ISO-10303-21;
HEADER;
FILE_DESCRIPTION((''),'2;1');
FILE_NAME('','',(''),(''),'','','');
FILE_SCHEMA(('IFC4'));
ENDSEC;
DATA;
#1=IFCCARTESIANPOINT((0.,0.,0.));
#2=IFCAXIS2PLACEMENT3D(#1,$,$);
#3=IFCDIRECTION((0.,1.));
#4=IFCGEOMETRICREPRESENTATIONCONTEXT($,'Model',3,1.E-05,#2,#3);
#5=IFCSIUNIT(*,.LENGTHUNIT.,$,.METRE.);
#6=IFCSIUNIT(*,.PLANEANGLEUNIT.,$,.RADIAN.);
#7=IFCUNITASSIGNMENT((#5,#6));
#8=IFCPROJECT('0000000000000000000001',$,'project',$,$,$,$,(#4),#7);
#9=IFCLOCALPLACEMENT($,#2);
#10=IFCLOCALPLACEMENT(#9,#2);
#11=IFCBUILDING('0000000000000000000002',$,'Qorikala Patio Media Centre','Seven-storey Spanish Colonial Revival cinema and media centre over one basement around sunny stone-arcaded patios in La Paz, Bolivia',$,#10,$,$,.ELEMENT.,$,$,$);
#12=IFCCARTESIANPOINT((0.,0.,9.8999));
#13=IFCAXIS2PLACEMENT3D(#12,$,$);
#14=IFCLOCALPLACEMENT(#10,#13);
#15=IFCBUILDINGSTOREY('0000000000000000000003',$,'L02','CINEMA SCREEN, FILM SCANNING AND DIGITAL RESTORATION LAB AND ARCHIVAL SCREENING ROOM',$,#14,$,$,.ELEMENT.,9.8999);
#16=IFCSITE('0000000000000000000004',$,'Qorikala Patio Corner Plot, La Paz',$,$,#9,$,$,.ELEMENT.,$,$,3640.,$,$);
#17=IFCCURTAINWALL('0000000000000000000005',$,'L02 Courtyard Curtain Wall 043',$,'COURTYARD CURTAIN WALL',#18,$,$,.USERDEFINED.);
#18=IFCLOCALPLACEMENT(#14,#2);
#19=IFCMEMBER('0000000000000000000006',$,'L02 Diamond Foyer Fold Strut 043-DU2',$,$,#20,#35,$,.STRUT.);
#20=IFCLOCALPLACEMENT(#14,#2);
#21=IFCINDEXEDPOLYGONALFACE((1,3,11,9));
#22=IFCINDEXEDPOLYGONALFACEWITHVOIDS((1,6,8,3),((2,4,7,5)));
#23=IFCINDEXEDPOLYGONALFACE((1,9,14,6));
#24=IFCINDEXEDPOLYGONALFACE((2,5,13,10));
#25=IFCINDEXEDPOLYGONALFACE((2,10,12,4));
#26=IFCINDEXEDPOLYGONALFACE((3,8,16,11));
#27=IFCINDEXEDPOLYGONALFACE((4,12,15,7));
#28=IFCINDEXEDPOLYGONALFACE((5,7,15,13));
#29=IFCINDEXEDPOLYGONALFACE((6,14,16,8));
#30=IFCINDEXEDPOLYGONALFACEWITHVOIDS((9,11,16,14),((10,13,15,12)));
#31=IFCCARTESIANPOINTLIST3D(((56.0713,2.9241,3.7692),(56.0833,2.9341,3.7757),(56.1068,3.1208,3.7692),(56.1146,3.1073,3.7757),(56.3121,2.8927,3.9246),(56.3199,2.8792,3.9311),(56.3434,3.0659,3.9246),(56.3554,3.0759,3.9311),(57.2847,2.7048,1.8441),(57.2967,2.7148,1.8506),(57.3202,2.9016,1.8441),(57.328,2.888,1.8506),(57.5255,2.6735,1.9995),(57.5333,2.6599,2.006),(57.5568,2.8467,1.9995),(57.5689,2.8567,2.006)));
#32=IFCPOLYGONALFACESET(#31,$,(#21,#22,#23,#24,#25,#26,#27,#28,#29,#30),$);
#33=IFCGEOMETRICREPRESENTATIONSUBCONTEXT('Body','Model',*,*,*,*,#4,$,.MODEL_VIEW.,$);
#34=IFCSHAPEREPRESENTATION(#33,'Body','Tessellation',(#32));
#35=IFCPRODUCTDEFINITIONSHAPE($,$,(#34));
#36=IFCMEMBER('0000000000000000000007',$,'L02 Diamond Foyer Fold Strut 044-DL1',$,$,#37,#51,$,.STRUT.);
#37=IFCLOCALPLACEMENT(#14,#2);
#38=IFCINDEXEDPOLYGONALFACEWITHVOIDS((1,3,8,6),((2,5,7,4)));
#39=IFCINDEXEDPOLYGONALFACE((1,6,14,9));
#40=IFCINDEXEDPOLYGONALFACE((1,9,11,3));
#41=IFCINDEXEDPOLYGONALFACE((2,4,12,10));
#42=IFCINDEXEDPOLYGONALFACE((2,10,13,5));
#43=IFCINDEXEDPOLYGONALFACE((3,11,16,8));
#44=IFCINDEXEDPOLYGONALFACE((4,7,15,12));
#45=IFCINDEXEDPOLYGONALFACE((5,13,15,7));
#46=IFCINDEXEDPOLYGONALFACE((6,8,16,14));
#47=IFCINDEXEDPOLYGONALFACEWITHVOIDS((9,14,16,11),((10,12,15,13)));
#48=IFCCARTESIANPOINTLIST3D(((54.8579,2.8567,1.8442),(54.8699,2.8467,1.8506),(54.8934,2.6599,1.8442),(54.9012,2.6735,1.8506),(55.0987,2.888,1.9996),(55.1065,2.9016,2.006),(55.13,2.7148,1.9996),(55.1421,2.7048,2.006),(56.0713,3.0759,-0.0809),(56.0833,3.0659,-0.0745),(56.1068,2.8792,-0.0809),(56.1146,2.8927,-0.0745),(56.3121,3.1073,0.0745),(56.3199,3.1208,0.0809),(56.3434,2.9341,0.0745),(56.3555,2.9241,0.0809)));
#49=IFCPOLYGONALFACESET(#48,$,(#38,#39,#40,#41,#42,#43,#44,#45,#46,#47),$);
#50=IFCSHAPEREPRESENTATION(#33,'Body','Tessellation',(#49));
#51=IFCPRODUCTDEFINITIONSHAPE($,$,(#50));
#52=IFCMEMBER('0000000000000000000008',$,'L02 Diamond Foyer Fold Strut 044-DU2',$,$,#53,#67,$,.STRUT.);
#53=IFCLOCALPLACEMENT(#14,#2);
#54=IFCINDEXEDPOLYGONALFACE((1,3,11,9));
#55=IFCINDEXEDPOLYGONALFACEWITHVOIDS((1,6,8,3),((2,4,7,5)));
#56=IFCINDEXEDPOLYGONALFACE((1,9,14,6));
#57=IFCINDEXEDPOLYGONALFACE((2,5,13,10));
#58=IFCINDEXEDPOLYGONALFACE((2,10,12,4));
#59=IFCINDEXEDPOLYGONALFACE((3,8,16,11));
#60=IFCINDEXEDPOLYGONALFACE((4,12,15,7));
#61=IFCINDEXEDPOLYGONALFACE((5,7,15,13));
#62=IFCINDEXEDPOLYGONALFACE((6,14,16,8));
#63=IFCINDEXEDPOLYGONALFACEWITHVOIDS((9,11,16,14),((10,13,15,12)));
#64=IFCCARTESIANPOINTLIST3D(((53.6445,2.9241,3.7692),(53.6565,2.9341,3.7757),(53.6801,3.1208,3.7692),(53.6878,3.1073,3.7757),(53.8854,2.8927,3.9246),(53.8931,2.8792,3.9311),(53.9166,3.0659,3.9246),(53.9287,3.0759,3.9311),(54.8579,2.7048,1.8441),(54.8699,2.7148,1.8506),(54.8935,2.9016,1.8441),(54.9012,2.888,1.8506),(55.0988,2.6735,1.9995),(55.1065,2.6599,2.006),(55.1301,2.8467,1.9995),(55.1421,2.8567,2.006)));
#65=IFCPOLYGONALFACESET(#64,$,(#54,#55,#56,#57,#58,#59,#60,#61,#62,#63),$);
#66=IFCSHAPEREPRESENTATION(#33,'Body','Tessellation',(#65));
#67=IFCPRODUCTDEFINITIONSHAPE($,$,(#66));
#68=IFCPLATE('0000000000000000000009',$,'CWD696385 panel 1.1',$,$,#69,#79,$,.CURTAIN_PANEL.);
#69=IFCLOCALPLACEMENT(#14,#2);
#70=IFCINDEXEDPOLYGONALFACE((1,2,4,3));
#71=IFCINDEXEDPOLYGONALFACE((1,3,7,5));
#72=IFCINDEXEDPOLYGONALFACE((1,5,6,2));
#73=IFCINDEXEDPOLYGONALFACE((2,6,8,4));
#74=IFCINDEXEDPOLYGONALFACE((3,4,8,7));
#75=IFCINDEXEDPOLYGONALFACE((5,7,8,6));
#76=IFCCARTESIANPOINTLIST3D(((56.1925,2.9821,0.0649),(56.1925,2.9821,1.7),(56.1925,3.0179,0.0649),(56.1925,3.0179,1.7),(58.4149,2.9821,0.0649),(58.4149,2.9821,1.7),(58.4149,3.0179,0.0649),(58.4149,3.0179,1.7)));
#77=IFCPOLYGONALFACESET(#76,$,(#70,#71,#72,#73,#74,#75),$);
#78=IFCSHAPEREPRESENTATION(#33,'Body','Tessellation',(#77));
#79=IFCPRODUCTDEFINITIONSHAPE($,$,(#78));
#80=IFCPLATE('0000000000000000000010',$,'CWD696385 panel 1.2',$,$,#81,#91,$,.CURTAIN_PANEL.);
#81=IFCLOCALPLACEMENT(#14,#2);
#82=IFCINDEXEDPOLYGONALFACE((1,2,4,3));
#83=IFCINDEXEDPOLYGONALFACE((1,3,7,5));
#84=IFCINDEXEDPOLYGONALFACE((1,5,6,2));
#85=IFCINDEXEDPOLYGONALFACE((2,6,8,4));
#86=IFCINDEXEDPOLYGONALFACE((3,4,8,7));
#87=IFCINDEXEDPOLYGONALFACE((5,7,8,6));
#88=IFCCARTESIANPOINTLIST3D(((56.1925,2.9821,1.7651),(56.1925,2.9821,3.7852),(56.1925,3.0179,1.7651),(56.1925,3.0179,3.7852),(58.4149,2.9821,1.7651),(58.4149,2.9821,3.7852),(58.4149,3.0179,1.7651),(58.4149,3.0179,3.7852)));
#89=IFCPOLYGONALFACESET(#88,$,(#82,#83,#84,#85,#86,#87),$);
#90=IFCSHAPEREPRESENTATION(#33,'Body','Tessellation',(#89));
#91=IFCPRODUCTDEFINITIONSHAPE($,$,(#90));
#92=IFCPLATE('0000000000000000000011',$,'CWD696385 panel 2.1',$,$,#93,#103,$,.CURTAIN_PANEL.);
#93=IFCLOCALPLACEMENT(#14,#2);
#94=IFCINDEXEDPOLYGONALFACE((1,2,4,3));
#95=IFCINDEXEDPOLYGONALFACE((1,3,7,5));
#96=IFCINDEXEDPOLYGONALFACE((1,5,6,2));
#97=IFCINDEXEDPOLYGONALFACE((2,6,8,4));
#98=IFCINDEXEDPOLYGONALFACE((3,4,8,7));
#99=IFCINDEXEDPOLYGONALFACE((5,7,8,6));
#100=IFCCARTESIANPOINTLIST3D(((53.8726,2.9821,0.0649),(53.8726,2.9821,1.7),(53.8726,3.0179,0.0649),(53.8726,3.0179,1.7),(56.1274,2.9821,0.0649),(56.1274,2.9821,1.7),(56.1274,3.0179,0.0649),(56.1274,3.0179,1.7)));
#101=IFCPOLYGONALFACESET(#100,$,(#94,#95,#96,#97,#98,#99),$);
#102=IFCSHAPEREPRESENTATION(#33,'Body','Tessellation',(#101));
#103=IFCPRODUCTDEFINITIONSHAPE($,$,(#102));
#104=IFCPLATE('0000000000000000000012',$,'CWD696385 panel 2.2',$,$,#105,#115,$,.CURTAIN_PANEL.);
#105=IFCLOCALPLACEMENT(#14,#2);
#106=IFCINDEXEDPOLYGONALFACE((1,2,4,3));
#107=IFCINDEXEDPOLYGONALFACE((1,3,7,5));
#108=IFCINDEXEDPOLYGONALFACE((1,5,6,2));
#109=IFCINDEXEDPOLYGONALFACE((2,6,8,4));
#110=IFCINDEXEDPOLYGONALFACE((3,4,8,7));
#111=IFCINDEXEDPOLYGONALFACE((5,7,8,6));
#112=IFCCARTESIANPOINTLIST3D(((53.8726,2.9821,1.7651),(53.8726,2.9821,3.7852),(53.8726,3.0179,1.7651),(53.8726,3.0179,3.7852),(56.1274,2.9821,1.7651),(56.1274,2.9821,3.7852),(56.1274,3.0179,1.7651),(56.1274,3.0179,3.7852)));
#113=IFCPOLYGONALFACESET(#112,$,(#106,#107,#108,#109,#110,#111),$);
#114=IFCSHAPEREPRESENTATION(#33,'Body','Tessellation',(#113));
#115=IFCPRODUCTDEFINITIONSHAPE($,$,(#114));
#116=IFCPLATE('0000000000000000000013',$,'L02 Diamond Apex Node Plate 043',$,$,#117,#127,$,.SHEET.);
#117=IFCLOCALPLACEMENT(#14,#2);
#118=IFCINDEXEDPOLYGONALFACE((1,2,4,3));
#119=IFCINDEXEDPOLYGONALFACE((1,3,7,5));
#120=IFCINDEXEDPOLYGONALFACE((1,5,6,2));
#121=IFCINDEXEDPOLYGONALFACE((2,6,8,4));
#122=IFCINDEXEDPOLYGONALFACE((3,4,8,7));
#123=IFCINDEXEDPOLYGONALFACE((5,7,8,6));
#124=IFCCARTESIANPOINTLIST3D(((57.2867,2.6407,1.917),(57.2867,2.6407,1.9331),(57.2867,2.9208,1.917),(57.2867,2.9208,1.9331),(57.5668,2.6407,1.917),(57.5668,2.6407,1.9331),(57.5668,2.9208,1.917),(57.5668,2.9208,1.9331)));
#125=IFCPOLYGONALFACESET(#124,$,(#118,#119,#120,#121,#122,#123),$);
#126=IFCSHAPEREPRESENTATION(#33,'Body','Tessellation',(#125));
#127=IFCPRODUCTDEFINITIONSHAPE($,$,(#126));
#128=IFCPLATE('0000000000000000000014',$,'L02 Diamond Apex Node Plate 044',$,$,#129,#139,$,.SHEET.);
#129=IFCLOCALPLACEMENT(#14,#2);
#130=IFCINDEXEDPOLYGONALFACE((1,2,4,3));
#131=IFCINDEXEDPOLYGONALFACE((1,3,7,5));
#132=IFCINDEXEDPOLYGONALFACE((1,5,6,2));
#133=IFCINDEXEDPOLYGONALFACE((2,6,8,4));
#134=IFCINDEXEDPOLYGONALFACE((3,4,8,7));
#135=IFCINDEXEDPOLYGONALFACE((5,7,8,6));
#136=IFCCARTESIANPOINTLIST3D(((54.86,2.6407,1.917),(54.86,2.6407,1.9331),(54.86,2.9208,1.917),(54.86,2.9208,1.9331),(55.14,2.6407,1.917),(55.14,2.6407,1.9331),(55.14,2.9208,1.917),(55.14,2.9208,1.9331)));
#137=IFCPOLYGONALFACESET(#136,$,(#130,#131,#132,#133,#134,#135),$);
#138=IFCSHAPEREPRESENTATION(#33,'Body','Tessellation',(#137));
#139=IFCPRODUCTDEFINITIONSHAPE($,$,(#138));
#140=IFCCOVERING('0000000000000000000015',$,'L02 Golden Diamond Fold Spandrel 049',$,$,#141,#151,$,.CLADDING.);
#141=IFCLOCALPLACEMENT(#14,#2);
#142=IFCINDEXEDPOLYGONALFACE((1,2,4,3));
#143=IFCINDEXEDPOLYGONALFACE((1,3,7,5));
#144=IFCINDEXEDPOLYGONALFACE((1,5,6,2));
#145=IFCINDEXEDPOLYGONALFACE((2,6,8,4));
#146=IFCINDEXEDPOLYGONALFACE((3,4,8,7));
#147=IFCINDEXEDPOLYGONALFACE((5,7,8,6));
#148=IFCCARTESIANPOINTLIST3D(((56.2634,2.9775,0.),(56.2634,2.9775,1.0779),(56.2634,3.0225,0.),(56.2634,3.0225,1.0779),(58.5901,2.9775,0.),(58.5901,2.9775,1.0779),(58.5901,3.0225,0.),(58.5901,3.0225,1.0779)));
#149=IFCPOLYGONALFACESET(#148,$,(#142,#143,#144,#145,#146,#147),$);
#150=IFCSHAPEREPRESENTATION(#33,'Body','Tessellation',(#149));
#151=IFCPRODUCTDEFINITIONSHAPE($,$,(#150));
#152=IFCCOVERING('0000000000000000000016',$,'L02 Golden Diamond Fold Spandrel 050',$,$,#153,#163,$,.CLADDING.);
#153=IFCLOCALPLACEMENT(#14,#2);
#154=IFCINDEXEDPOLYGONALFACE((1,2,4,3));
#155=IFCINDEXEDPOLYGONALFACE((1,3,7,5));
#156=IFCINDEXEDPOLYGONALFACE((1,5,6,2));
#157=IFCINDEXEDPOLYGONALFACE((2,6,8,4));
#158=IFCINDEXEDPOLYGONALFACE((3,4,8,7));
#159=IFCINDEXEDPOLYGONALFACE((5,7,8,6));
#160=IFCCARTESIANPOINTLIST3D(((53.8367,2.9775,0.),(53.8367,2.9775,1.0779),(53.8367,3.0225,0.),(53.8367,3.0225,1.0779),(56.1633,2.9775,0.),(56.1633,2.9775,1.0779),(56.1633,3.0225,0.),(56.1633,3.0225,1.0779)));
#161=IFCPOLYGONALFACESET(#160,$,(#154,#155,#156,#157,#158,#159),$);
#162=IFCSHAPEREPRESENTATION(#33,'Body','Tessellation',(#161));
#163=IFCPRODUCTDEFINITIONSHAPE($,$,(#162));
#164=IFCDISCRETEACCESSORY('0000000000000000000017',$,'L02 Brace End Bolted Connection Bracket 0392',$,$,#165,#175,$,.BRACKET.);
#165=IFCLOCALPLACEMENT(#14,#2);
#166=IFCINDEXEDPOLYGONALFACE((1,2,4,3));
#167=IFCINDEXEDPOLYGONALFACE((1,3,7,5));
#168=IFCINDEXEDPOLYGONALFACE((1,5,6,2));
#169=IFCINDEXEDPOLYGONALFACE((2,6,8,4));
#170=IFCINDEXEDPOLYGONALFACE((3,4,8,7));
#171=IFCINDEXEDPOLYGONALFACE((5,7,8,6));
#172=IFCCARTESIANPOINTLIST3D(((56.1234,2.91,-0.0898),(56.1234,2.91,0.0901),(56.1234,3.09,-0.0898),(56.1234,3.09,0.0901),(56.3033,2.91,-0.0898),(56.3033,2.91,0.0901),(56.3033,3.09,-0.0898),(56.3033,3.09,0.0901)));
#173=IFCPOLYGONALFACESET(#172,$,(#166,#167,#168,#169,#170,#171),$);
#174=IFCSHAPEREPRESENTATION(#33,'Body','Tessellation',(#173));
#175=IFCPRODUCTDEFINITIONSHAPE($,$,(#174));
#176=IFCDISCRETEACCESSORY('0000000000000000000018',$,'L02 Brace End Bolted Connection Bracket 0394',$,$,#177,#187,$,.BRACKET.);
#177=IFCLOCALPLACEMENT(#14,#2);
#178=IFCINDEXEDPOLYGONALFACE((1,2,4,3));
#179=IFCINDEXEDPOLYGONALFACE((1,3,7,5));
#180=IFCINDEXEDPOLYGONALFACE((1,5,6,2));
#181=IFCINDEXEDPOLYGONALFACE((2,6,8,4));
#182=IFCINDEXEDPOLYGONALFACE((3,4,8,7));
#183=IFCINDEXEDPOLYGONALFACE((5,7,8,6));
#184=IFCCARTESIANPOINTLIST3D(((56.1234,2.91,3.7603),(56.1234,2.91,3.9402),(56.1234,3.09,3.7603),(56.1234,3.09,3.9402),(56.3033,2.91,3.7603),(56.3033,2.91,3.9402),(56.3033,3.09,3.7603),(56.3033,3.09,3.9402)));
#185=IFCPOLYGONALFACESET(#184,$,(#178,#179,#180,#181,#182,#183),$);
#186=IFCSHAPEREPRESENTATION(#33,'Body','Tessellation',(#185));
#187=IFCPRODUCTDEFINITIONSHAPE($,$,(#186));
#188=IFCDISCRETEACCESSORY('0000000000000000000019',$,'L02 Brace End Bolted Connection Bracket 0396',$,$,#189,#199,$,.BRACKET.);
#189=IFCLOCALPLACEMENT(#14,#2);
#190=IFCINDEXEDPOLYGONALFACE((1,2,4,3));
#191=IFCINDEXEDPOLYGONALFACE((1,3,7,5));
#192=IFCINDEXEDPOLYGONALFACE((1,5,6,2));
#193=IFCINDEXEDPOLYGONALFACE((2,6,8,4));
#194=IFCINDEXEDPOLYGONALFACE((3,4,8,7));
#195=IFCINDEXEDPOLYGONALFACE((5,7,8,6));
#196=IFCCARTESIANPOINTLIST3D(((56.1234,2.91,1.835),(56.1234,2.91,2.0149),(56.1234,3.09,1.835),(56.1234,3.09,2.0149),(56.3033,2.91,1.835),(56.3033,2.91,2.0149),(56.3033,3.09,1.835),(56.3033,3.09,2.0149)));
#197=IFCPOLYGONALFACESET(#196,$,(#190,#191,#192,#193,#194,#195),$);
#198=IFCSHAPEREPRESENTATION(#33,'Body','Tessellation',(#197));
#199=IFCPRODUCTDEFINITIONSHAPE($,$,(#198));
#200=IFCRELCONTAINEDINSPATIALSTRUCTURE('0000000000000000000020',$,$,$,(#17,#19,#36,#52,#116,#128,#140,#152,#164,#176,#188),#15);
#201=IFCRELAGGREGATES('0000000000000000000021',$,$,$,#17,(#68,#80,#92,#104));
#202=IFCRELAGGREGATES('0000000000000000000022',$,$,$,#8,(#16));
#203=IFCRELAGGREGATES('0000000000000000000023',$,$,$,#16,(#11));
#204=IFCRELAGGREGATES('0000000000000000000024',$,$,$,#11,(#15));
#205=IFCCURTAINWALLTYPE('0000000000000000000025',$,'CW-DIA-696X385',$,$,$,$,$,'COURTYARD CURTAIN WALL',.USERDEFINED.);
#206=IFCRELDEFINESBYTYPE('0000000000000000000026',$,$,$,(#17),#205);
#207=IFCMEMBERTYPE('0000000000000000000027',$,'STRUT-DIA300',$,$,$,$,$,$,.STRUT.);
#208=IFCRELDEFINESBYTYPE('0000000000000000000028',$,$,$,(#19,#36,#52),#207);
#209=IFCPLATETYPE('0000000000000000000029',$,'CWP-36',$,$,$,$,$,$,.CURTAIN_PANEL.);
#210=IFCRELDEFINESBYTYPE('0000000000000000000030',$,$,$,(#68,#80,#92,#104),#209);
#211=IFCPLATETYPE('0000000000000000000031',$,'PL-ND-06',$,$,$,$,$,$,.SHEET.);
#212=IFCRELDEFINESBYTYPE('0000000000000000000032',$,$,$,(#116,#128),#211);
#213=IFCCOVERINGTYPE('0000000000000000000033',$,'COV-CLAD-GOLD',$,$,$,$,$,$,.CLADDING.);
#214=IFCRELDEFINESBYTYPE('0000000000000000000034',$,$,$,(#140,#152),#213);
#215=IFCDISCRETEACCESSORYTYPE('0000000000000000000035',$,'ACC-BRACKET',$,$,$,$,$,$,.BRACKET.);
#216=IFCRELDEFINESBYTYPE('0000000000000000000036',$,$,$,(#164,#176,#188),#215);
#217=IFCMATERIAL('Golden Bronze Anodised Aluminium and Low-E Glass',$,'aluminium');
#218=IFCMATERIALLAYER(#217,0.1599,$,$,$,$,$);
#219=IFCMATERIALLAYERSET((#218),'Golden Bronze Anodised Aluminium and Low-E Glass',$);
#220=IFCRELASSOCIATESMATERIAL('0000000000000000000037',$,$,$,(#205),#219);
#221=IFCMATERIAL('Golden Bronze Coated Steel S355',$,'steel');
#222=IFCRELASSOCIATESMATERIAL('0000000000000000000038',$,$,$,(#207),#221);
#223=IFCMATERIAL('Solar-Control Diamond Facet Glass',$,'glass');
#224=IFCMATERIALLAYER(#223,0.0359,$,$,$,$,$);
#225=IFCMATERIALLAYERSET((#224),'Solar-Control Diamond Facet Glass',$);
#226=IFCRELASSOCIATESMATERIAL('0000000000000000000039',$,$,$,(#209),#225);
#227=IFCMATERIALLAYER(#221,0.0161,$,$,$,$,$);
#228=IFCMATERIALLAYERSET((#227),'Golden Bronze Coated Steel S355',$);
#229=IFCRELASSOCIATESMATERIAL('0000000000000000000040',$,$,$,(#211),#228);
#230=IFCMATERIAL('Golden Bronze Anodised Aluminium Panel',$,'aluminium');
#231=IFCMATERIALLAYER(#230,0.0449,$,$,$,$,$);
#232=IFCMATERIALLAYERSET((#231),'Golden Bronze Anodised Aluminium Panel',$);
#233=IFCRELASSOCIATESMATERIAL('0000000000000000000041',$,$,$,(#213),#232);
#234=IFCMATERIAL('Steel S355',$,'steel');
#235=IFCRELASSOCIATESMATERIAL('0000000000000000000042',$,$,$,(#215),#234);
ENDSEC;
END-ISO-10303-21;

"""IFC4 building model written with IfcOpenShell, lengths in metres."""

from ifc_helpers import new_model, si_unit, direction, frame, origin, origin_2d, place, context, subcontext, project, spatial, rectangle, hollow_rectangle, extrude, material, layer, layer_set, material_profile, profile_set, type_object, element, aggregate, save


model = new_model("IFC4")

# Units and contexts
model_context = context("Model", 3, precision=1e-05, world=origin(), true_north=direction((0.0, 1.0)))
body_context = subcontext(model_context, "Body", "Model", "MODEL_VIEW")
ifc_project = project(units=[si_unit("LENGTHUNIT", "METRE"), si_unit("PLANEANGLEUNIT", "RADIAN")], contexts=[model_context])

# Site, building, storey
site_placement = place(None, origin())
site = spatial("IfcSite", under=ifc_project, at=site_placement, Name="Qorikala Patio Corner Plot, La Paz", CompositionType="ELEMENT", RefElevation=3640.0)
building_placement = place(site_placement, origin())
building = spatial("IfcBuilding", under=site, at=building_placement, Name="Qorikala Patio Media Centre", Description="Seven-storey Spanish Colonial Revival cinema and media centre over one basement around sunny stone-arcaded patios in La Paz, Bolivia", CompositionType="ELEMENT")
storey_placement = place(building_placement, frame((0.0, 0.0, 9.8999)))
storey = spatial("IfcBuildingStorey", under=building, at=storey_placement, Name="L02", Description="CINEMA SCREEN, FILM SCANNING AND DIGITAL RESTORATION LAB AND ARCHIVAL SCREENING ROOM", CompositionType="ELEMENT", Elevation=9.8999)

# Shared definitions
ifc_material_1 = material(Name="Golden Bronze Coated Steel S355", Category="steel")

# Curtain wall
ifc_material_2 = material(Name="Golden Bronze Anodised Aluminium and Low-E Glass", Category="aluminium")
ifc_layer_1 = layer(ifc_material_2, 0.1599)
ifc_layer_set_1 = layer_set([ifc_layer_1], Name="Golden Bronze Anodised Aluminium and Low-E Glass")
curtain_wall_type = type_object("IfcCurtainWallType", Name="CW-DIA-696X385", ElementType="COURTYARD CURTAIN WALL", PredefinedType="USERDEFINED", material=ifc_layer_set_1)
curtain_wall_placement = place(storey_placement, origin())
curtain_wall = element("IfcCurtainWall", 1, at=curtain_wall_placement, inside=storey, type_object=curtain_wall_type, Name="L02 Courtyard Curtain Wall 043", ObjectType="COURTYARD CURTAIN WALL", PredefinedType="USERDEFINED")

# Members
ifc_material_profile_1 = material_profile(ifc_material_1, hollow_rectangle(XDim=0.2, YDim=0.3, WallThickness=0.012, at=origin_2d()), Name="HSS300X200X12")
ifc_profile_set_1 = profile_set([ifc_material_profile_1], Name="Golden Bronze Coated Steel S355")
member_type_1 = type_object("IfcMemberType", Name="STRUT-DIA300", PredefinedType="STRUT", material=ifc_profile_set_1)
for number, where, z_axis, x_axis, name in (
    (2, (57.4268, 2.7808, 1.925), (-0.530768, 0.095901, 0.842074), (-0.177805, -0.984066, 0.0), "L02 Diamond Foyer Fold Strut 043-DU2"),
    (3, (56.2134, 3.0, 0.0), (-0.530768, -0.095901, 0.842074), (0.177805, -0.984066, 0.0), "L02 Diamond Foyer Fold Strut 044-DL1"),
    (4, (55.0, 2.7808, 1.925), (-0.530768, 0.095901, 0.842074), (-0.177805, -0.984066, 0.0), "L02 Diamond Foyer Fold Strut 044-DU2"),
):
    element("IfcMember", number, at=place(storey_placement, frame(where, z_axis=z_axis, x_axis=x_axis)), inside=storey, type_object=member_type_1, Name=name, PredefinedType="STRUT", context=body_context, shape_type="SweptSolid", body=[
        extrude(hollow_rectangle(XDim=0.2, YDim=0.3, WallThickness=0.012, at=origin_2d()), origin(), (0.0, 0.0, 1.0), 2.2861),
    ])

# Plates
ifc_material_3 = material(Name="Solar-Control Diamond Facet Glass", Category="glass")
ifc_layer_2 = layer(ifc_material_3, 0.0359)
ifc_layer_set_2 = layer_set([ifc_layer_2], Name="Solar-Control Diamond Facet Glass")
plate_type_1 = type_object("IfcPlateType", Name="CWP-36", PredefinedType="CURTAIN_PANEL", material=ifc_layer_set_2)
plate_1_placement = place(storey_placement, frame((57.3037, 3.0, 0.0649), z_axis=(0.0, 0.0, 1.0), x_axis=(-1.0, 0.0, 0.0)))
plate_1 = element("IfcPlate", 5, at=plate_1_placement, type_object=plate_type_1, Name="CWD696385 panel 1.1", PredefinedType="CURTAIN_PANEL", context=body_context, shape_type="SweptSolid", body=[
    extrude(rectangle(XDim=2.2224, YDim=0.0359, at=origin_2d()), origin(), (0.0, 0.0, 1.0), 1.635),
])
plate_2_placement = place(storey_placement, frame((57.3037, 3.0, 1.7651), z_axis=(0.0, 0.0, 1.0), x_axis=(-1.0, 0.0, 0.0)))
plate_2 = element("IfcPlate", 6, at=plate_2_placement, type_object=plate_type_1, Name="CWD696385 panel 1.2", PredefinedType="CURTAIN_PANEL", context=body_context, shape_type="SweptSolid", body=[
    extrude(rectangle(XDim=2.2224, YDim=0.0359, at=origin_2d()), origin(), (0.0, 0.0, 1.0), 2.02),
])
plate_3_placement = place(storey_placement, frame((55.0, 3.0, 0.0649), z_axis=(0.0, 0.0, 1.0), x_axis=(-1.0, 0.0, 0.0)))
plate_3 = element("IfcPlate", 7, at=plate_3_placement, type_object=plate_type_1, Name="CWD696385 panel 2.1", PredefinedType="CURTAIN_PANEL", context=body_context, shape_type="SweptSolid", body=[
    extrude(rectangle(XDim=2.2549, YDim=0.0359, at=origin_2d()), origin(), (0.0, 0.0, 1.0), 1.635),
])
plate_4_placement = place(storey_placement, frame((55.0, 3.0, 1.7651), z_axis=(0.0, 0.0, 1.0), x_axis=(-1.0, 0.0, 0.0)))
plate_4 = element("IfcPlate", 8, at=plate_4_placement, type_object=plate_type_1, Name="CWD696385 panel 2.2", PredefinedType="CURTAIN_PANEL", context=body_context, shape_type="SweptSolid", body=[
    extrude(rectangle(XDim=2.2549, YDim=0.0359, at=origin_2d()), origin(), (0.0, 0.0, 1.0), 2.02),
])
aggregate(curtain_wall, [plate_1, plate_2, plate_3, plate_4])

# Plates
ifc_layer_3 = layer(ifc_material_1, 0.0161)
ifc_layer_set_3 = layer_set([ifc_layer_3], Name="Golden Bronze Coated Steel S355")
plate_type_2 = type_object("IfcPlateType", Name="PL-ND-06", PredefinedType="SHEET", material=ifc_layer_set_3)
for number, where, z_axis, x_axis, name in (
    (9, (57.4268, 2.7808, 1.917), (0.0, 0.0, 1.0), (-1.0, 0.0, 0.0), "L02 Diamond Apex Node Plate 043"),
    (10, (55.0, 2.7808, 1.917), (0.0, 0.0, 1.0), (-1.0, 0.0, 0.0), "L02 Diamond Apex Node Plate 044"),
):
    element("IfcPlate", number, at=place(storey_placement, frame(where, z_axis=z_axis, x_axis=x_axis)), inside=storey, type_object=plate_type_2, Name=name, PredefinedType="SHEET", context=body_context, shape_type="SweptSolid", body=[
        extrude(rectangle(XDim=0.28, YDim=0.28, at=origin_2d()), origin(), (0.0, 0.0, 1.0), 0.0161),
    ])

# Coverings
ifc_material_4 = material(Name="Golden Bronze Anodised Aluminium Panel", Category="aluminium")
ifc_layer_4 = layer(ifc_material_4, 0.0449)
ifc_layer_set_4 = layer_set([ifc_layer_4], Name="Golden Bronze Anodised Aluminium Panel")
covering_type = type_object("IfcCoveringType", Name="COV-CLAD-GOLD", PredefinedType="CLADDING", material=ifc_layer_set_4)
for number, where, z_axis, x_axis, name in (
    (11, (57.4268, 3.0, 0.0), (0.0, 0.0, 1.0), (-1.0, 0.0, 0.0), "L02 Golden Diamond Fold Spandrel 049"),
    (12, (55.0, 3.0, 0.0), (0.0, 0.0, 1.0), (-1.0, 0.0, 0.0), "L02 Golden Diamond Fold Spandrel 050"),
):
    element("IfcCovering", number, at=place(storey_placement, frame(where, z_axis=z_axis, x_axis=x_axis)), inside=storey, type_object=covering_type, Name=name, PredefinedType="CLADDING", context=body_context, shape_type="SweptSolid", body=[
        extrude(rectangle(XDim=2.3267, YDim=0.0449, at=origin_2d()), origin(), (0.0, 0.0, 1.0), 1.0779),
    ])

# Discrete accessories
ifc_material_5 = material(Name="Steel S355", Category="steel")
discrete_accessory_type = type_object("IfcDiscreteAccessoryType", Name="ACC-BRACKET", PredefinedType="BRACKET", material=ifc_material_5)
for number, where, z_axis, x_axis, name in (
    (13, (56.2134, 3.0, -0.0898), (0.0, 0.0, 1.0), (1.0, 0.0, 0.0), "L02 Brace End Bolted Connection Bracket 0392"),
    (14, (56.2134, 3.0, 3.7603), (0.0, 0.0, 1.0), (1.0, 0.0, 0.0), "L02 Brace End Bolted Connection Bracket 0394"),
    (15, (56.2134, 3.0, 1.835), (0.0, 0.0, 1.0), (1.0, 0.0, 0.0), "L02 Brace End Bolted Connection Bracket 0396"),
):
    element("IfcDiscreteAccessory", number, at=place(storey_placement, frame(where, z_axis=z_axis, x_axis=x_axis)), inside=storey, type_object=discrete_accessory_type, Name=name, PredefinedType="BRACKET", context=body_context, shape_type="SweptSolid", body=[
        extrude(rectangle(XDim=0.1799, YDim=0.1799, at=origin_2d()), origin(), (0.0, 0.0, 1.0), 0.1799),
    ])

save(model, "model.ifc")
